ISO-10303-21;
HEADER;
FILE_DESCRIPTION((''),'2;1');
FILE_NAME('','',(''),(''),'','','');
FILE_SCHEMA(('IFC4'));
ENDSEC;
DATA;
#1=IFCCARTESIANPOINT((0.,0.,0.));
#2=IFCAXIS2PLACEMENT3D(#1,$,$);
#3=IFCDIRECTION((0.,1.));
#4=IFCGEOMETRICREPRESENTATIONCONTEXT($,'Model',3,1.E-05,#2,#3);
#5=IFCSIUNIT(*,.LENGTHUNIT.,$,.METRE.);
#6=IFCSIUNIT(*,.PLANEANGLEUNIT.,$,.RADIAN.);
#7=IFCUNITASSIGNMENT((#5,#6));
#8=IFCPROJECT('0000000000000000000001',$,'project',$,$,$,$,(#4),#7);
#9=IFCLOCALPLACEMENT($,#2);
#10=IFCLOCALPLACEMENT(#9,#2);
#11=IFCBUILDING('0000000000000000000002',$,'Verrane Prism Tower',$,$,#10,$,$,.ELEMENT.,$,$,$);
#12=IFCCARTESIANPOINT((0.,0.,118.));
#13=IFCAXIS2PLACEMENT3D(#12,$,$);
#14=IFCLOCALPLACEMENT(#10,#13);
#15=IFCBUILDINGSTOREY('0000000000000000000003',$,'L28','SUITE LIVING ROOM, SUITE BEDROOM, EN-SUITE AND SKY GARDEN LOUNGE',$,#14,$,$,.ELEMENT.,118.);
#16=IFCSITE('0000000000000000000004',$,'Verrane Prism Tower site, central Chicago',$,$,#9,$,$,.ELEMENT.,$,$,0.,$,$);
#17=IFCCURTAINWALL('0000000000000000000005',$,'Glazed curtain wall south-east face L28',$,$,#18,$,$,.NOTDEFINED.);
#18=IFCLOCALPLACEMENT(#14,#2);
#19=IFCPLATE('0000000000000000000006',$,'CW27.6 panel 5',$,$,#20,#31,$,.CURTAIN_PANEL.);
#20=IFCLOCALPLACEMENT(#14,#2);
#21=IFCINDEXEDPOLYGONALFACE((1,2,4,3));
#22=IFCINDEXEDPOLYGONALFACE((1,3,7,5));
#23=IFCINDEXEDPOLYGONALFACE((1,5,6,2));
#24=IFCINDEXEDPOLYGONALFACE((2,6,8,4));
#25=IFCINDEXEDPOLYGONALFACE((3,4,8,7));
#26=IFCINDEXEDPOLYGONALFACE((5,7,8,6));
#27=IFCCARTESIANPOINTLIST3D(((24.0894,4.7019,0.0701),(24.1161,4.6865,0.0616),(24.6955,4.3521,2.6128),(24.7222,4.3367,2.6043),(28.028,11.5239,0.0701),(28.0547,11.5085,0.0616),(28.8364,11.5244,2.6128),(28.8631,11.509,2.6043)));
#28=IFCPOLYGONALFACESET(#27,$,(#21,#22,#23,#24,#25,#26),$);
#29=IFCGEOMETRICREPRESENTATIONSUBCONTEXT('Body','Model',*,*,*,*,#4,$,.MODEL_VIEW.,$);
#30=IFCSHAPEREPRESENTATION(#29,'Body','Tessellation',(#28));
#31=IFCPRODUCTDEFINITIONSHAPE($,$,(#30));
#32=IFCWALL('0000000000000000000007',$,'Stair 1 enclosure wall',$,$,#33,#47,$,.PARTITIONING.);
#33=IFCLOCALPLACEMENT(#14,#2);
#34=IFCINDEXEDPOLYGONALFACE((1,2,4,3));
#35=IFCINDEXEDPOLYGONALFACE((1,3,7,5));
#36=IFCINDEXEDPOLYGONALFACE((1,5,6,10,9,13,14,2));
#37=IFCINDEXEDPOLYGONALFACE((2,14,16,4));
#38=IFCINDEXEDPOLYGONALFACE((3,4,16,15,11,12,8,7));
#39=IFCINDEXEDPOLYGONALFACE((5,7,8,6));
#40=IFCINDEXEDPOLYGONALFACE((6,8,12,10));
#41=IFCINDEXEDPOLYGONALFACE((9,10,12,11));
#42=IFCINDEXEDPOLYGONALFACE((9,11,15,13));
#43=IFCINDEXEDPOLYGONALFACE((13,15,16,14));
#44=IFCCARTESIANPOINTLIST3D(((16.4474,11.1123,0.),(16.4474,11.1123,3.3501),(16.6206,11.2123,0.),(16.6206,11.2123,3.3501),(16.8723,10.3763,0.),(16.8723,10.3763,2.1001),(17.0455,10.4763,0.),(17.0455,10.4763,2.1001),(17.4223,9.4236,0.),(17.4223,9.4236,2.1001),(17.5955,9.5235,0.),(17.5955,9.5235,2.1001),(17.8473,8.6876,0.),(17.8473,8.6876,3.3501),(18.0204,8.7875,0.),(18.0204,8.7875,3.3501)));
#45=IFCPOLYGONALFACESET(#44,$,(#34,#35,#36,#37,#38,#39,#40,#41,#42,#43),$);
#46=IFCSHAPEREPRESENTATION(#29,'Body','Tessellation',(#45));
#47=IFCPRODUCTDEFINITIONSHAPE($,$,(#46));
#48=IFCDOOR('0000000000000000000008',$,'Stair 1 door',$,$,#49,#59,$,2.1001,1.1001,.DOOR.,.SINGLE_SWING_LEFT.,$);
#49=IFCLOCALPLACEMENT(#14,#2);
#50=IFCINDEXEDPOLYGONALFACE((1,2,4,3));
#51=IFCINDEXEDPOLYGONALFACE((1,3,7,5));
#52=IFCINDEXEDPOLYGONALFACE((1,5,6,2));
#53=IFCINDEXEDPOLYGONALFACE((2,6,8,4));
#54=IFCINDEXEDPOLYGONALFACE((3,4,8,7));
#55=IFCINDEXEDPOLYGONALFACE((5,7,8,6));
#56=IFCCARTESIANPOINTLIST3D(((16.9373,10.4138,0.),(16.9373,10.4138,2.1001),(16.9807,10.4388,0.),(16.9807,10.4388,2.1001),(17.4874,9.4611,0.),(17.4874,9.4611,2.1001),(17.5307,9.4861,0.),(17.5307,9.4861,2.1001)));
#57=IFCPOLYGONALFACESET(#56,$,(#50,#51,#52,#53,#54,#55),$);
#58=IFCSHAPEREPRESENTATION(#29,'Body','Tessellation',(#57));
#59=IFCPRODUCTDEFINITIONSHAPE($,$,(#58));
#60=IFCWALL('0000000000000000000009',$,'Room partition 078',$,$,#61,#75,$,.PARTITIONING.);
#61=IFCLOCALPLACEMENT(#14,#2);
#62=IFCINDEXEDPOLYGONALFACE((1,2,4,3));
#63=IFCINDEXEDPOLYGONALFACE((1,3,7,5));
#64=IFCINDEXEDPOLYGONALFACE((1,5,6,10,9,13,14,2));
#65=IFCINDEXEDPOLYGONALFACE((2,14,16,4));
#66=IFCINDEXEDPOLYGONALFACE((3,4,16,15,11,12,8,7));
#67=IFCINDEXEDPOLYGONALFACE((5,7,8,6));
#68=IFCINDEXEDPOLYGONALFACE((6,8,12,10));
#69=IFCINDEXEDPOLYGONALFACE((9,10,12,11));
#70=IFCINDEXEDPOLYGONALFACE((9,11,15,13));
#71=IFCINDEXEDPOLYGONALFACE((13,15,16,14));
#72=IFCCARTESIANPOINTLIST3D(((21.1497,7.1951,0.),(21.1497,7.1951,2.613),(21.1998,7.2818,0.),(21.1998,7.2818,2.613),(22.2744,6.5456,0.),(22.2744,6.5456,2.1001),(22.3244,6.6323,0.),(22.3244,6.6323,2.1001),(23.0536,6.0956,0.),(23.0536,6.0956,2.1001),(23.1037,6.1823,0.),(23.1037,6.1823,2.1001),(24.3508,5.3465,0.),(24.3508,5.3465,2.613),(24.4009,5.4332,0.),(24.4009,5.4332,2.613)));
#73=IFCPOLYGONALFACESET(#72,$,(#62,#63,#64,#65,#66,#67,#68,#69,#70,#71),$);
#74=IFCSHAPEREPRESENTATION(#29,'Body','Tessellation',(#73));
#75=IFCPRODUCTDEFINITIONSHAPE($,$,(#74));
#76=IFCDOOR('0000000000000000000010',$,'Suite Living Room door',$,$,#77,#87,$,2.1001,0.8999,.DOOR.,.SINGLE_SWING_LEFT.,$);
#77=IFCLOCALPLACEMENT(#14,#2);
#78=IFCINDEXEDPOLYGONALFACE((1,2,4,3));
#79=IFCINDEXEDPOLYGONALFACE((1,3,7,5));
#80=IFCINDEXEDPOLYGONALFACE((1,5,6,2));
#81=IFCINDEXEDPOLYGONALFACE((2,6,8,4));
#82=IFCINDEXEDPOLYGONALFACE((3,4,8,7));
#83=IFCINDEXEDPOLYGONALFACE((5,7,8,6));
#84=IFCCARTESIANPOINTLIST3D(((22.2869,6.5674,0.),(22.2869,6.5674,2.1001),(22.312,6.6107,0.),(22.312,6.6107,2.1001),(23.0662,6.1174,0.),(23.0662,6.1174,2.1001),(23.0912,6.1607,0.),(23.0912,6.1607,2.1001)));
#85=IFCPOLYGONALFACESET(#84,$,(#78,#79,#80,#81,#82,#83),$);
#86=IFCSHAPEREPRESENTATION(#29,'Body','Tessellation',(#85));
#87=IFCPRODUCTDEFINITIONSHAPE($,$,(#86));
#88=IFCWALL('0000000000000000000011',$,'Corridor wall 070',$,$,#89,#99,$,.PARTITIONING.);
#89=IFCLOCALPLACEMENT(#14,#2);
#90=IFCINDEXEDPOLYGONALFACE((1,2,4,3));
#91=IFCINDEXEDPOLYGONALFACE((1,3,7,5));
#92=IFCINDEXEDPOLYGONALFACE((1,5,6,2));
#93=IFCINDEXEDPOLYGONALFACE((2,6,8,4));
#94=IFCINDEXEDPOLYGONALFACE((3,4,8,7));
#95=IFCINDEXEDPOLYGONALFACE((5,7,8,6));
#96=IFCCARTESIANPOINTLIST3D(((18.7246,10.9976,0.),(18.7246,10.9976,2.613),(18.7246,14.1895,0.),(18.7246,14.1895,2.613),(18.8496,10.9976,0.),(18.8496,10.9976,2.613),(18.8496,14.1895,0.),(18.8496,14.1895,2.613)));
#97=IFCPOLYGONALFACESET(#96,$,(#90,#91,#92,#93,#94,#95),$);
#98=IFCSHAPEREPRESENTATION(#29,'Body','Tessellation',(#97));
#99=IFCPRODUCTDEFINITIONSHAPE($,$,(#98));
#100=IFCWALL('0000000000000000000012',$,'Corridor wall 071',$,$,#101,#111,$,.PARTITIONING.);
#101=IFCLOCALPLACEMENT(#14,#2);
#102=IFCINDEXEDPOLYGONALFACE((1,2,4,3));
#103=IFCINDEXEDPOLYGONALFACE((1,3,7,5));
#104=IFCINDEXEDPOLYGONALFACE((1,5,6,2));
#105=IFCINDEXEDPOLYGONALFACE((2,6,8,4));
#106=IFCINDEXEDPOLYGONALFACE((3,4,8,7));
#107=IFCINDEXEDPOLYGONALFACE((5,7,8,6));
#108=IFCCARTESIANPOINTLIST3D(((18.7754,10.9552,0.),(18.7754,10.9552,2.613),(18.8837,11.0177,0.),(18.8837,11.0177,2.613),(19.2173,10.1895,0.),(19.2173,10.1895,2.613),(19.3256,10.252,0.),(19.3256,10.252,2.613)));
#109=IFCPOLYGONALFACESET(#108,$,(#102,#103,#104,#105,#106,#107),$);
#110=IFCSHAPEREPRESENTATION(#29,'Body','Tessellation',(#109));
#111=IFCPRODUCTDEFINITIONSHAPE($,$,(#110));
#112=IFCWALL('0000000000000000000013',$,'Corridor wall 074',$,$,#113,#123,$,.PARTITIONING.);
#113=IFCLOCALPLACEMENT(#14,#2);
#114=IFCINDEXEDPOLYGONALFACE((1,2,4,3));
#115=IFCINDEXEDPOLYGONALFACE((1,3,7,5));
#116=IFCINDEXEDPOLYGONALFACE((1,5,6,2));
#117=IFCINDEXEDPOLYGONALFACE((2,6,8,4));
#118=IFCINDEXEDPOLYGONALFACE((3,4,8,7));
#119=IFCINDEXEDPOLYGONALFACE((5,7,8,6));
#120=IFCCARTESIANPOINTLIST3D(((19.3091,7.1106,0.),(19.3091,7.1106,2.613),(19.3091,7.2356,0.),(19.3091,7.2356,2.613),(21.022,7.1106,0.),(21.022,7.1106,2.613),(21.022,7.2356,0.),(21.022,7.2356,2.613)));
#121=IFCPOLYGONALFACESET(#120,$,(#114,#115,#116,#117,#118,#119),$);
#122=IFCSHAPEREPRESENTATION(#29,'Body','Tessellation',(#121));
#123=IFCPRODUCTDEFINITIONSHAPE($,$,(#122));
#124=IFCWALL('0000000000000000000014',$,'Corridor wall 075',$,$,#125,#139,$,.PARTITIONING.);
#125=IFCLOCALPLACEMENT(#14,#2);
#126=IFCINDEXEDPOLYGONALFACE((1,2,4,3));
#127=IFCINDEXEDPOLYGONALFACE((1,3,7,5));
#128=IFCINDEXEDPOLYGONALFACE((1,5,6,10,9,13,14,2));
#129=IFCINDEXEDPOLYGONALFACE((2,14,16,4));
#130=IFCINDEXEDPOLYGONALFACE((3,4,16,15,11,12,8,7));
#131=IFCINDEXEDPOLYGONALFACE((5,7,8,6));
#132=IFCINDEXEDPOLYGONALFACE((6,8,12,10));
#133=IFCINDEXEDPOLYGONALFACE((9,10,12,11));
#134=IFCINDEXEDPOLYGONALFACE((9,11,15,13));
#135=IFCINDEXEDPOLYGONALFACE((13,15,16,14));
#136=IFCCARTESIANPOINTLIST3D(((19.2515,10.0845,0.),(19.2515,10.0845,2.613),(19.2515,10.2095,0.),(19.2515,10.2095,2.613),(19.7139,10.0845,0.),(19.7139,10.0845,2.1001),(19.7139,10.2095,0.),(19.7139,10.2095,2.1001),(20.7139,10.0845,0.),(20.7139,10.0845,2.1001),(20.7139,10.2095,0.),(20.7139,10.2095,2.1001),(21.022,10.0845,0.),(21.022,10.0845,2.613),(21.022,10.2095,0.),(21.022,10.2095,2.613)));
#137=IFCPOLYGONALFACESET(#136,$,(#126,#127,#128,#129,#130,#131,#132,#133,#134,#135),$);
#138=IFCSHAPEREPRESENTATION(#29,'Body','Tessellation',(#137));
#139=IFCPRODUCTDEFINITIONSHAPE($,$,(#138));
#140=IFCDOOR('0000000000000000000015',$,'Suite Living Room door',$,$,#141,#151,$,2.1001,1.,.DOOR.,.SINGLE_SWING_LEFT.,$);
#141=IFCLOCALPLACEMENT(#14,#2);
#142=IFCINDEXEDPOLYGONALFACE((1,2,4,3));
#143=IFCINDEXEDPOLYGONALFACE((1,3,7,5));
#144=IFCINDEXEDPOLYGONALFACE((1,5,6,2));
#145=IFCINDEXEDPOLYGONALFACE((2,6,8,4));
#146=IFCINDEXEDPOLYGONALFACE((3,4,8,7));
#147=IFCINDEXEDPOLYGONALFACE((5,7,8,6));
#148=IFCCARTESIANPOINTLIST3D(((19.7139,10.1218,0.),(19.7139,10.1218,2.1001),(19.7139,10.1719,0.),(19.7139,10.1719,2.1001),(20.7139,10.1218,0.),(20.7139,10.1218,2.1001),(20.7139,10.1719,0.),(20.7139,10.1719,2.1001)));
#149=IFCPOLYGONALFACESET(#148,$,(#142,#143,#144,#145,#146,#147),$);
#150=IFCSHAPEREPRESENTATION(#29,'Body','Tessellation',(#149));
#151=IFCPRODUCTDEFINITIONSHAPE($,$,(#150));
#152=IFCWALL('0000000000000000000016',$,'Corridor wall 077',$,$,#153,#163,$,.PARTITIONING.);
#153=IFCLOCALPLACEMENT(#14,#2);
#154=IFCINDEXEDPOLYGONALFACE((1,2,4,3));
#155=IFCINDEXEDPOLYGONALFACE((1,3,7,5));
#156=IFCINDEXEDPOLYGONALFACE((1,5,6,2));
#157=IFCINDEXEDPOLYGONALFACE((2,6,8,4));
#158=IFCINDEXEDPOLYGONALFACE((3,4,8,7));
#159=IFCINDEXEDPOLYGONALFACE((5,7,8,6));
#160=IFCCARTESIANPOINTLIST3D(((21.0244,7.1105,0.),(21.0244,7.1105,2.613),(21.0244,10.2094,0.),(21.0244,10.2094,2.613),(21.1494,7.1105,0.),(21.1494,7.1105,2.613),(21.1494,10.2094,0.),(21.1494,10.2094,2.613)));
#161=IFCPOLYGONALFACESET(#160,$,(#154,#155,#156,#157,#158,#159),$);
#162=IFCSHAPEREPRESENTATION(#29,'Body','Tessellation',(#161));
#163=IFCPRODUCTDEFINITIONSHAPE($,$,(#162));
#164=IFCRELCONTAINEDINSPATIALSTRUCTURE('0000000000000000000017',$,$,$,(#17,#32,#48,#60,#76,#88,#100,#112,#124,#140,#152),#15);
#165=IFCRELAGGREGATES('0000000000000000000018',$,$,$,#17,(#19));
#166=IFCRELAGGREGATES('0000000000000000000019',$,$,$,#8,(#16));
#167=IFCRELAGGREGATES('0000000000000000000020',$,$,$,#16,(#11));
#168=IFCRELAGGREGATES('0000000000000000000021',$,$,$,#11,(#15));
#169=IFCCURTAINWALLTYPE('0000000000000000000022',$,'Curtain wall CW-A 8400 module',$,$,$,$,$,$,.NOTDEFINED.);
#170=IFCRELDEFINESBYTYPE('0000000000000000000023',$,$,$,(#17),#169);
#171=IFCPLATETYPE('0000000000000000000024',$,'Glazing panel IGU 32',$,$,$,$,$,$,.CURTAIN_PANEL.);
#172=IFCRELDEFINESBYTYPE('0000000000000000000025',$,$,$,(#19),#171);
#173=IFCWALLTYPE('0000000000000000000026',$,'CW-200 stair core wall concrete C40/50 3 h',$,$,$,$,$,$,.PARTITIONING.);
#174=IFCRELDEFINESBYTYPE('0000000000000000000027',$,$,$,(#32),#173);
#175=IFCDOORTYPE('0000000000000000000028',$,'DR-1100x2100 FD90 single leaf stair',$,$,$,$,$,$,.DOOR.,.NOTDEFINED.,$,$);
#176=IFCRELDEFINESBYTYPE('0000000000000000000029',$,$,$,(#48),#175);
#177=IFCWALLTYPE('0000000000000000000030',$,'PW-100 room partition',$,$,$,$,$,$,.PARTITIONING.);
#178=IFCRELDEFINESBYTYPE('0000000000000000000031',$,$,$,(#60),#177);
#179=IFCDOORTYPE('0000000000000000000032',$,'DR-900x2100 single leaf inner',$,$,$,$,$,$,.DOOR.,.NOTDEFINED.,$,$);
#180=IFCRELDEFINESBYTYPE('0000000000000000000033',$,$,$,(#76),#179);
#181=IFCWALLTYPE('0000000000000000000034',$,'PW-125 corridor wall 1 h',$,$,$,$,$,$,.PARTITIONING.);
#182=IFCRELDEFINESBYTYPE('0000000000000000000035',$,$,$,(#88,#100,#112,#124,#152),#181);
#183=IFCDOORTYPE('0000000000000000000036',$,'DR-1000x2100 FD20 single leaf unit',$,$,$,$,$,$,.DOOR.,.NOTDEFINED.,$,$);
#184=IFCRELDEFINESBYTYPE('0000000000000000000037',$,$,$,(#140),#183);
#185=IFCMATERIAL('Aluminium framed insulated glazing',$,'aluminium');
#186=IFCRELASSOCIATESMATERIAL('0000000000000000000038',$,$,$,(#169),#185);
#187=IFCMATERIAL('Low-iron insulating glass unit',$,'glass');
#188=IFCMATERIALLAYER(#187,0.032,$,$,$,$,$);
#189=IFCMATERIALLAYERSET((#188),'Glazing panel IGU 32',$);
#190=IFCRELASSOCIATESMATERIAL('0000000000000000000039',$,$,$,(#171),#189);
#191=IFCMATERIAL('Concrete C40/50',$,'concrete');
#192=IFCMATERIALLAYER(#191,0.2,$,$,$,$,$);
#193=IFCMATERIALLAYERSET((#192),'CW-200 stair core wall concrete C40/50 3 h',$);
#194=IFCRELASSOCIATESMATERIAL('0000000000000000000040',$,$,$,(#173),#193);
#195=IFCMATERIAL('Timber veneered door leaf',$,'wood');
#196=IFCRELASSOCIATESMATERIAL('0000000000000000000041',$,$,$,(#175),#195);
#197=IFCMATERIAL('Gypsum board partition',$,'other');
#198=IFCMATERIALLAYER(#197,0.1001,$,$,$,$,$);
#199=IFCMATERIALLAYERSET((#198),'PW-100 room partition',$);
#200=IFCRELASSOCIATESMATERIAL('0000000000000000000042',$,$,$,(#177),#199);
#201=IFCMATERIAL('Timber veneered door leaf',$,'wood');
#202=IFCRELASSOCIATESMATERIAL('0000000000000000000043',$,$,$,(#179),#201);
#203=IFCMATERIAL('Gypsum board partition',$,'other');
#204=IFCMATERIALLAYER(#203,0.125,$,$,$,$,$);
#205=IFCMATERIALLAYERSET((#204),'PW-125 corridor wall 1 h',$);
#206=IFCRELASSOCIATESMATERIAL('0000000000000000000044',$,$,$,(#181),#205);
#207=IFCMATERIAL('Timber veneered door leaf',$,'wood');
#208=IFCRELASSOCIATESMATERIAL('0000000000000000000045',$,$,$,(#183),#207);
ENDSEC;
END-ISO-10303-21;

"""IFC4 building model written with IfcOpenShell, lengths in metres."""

from ifc_helpers import new_model, si_unit, direction, frame, frame_2d, origin, place, context, subcontext, project, spatial, polyline, rectangle, outline, extrude, material, layer, layer_set, type_object, element, fill, aggregate, save


model = new_model("IFC4")

# Units and contexts
model_context = context("Model", 3, precision=1e-05, world=origin(), true_north=direction((0.0, 1.0)))
body_context = subcontext(model_context, "Body", "Model", "MODEL_VIEW")
ifc_project = project(units=[si_unit("LENGTHUNIT", "METRE"), si_unit("PLANEANGLEUNIT", "RADIAN")], contexts=[model_context])

# Site, building, storey
site_placement = place(None, origin())
site = spatial("IfcSite", under=ifc_project, at=site_placement, Name="Verrane Prism Tower site, central Chicago", CompositionType="ELEMENT", RefElevation=0.0)
building_placement = place(site_placement, origin())
building = spatial("IfcBuilding", under=site, at=building_placement, Name="Verrane Prism Tower", CompositionType="ELEMENT")
storey_placement = place(building_placement, frame((0.0, 0.0, 118.0)))
storey = spatial("IfcBuildingStorey", under=building, at=storey_placement, Name="L28", Description="SUITE LIVING ROOM, SUITE BEDROOM, EN-SUITE AND SKY GARDEN LOUNGE", CompositionType="ELEMENT", Elevation=118.0)

# Curtain wall
ifc_material_1 = material(Name="Aluminium framed insulated glazing", Category="aluminium")
curtain_wall_type = type_object("IfcCurtainWallType", Name="Curtain wall CW-A 8400 module", PredefinedType="NOTDEFINED", material=ifc_material_1)
curtain_wall_placement = place(storey_placement, origin())
curtain_wall = element("IfcCurtainWall", 1, at=curtain_wall_placement, inside=storey, type_object=curtain_wall_type, Name="Glazed curtain wall south-east face L28", PredefinedType="NOTDEFINED")

# Plate
ifc_material_2 = material(Name="Low-iron insulating glass unit", Category="glass")
ifc_layer_1 = layer(ifc_material_2, 0.032)
ifc_layer_set_1 = layer_set([ifc_layer_1], Name="Glazing panel IGU 32")
plate_type = type_object("IfcPlateType", Name="Glazing panel IGU 32", PredefinedType="CURTAIN_PANEL", material=ifc_layer_set_1)
plate_placement = place(storey_placement, frame((24.0894, 4.7019, 0.0701), z_axis=(-0.834977, 0.48207, 0.265372), x_axis=(0.499997, 0.866027, 0.000002)))
plate = element("IfcPlate", 2, at=plate_placement, type_object=plate_type, Name="CW27.6 panel 5", PredefinedType="CURTAIN_PANEL", context=body_context, shape_type="SweptSolid", body=[
    extrude(outline(polyline([(0.0, 0.0), (7.8774, 0.0), (8.282, -2.6373), (0.0001, -2.6373), (0.0, 0.0)])), origin(), (0.0, 0.0, -1.0), 0.032),
])
aggregate(curtain_wall, [plate])

# Walls, openings, doors
ifc_material_3 = material(Name="Concrete C40/50", Category="concrete")
ifc_layer_2 = layer(ifc_material_3, 0.2)
ifc_layer_set_2 = layer_set([ifc_layer_2], Name="CW-200 stair core wall concrete C40/50 3 h")
wall_type_1 = type_object("IfcWallType", Name="CW-200 stair core wall concrete C40/50 3 h", PredefinedType="PARTITIONING", material=ifc_layer_set_2)
wall_1_placement = place(storey_placement, frame((17.9338, 8.7375, 0.0), z_axis=(0.0, 0.0, 1.0), x_axis=(-0.499984, 0.866035, 0.0)))
wall_1 = element("IfcWall", 3, at=wall_1_placement, inside=storey, type_object=wall_type_1, Name="Stair 1 enclosure wall", PredefinedType="PARTITIONING", context=body_context, shape_type="SweptSolid", body=[
    extrude(rectangle(XDim=2.7998, YDim=0.2, at=frame_2d((1.3999, 0.0))), origin(), (0.0, 0.0, 1.0), 3.3501),
])
opening_1_placement = place(wall_1_placement, frame((0.8499, 0.0, 0.0)))
opening_1 = element("IfcOpeningElement", 4, at=opening_1_placement, cuts=wall_1, PredefinedType="OPENING", context=body_context, shape_type="SweptSolid", body=[
    extrude(rectangle(XDim=1.1001, YDim=2.1001, at=frame_2d((0.55, 1.05))), frame((0.0, 0.1099, 0.0), z_axis=(0.0, -1.0, 0.0), x_axis=(1.0, 0.0, 0.0)), (0.0, 0.0, 1.0), 0.22),
])
ifc_material_4 = material(Name="Timber veneered door leaf", Category="wood")
door_type_1 = type_object("IfcDoorType", Name="DR-1100x2100 FD90 single leaf stair", OperationType="NOTDEFINED", PredefinedType="DOOR", material=ifc_material_4)
door_1_placement = place(opening_1_placement, origin())
door_1 = element("IfcDoor", 5, at=door_1_placement, inside=storey, type_object=door_type_1, Name="Stair 1 door", OperationType="SINGLE_SWING_LEFT", OverallHeight=2.1001, OverallWidth=1.1001, PredefinedType="DOOR", context=body_context, shape_type="SweptSolid", body=[
    extrude(rectangle(XDim=1.1001, YDim=2.1001, at=frame_2d((0.55, 1.05))), frame((0.0, 0.0249, 0.0), z_axis=(0.0, -1.0, 0.0), x_axis=(1.0, 0.0, 0.0)), (0.0, 0.0, 1.0), 0.05),
])
fill(opening_1, door_1)
ifc_material_5 = material(Name="Gypsum board partition", Category="other")
ifc_layer_3 = layer(ifc_material_5, 0.1001)
ifc_layer_set_3 = layer_set([ifc_layer_3], Name="PW-100 room partition")
wall_type_2 = type_object("IfcWallType", Name="PW-100 room partition", PredefinedType="PARTITIONING", material=ifc_layer_set_3)
wall_2_placement = place(storey_placement, frame((24.3757, 5.3899, 0.0), z_axis=(0.0, 0.0, 1.0), x_axis=(-0.865974, 0.500088, 0.0)))
wall_2 = element("IfcWall", 6, at=wall_2_placement, inside=storey, type_object=wall_type_2, Name="Room partition 078", PredefinedType="PARTITIONING", context=body_context, shape_type="SweptSolid", body=[
    extrude(rectangle(XDim=3.6965, YDim=0.1001, at=frame_2d((1.8481, 0.0))), origin(), (0.0, 0.0, 1.0), 2.613),
])
opening_2_placement = place(wall_2_placement, frame((1.4978, 0.0, 0.0)))
opening_2 = element("IfcOpeningElement", 7, at=opening_2_placement, cuts=wall_2, PredefinedType="OPENING", context=body_context, shape_type="SweptSolid", body=[
    extrude(rectangle(XDim=0.8999, YDim=2.1001, at=frame_2d((0.45, 1.05))), frame((0.0, 0.0601, 0.0), z_axis=(0.0, -1.0, 0.0), x_axis=(1.0, 0.0, 0.0)), (0.0, 0.0, 1.0), 0.1201),
])
ifc_material_6 = material(Name="Timber veneered door leaf", Category="wood")
door_type_2 = type_object("IfcDoorType", Name="DR-900x2100 single leaf inner", OperationType="NOTDEFINED", PredefinedType="DOOR", material=ifc_material_6)
door_2_placement = place(opening_2_placement, origin())
door_2 = element("IfcDoor", 8, at=door_2_placement, inside=storey, type_object=door_type_2, Name="Suite Living Room door", OperationType="SINGLE_SWING_LEFT", OverallHeight=2.1001, OverallWidth=0.8999, PredefinedType="DOOR", context=body_context, shape_type="SweptSolid", body=[
    extrude(rectangle(XDim=0.8999, YDim=2.1001, at=frame_2d((0.45, 1.05))), frame((0.0, 0.0249, 0.0), z_axis=(0.0, -1.0, 0.0), x_axis=(1.0, 0.0, 0.0)), (0.0, 0.0, 1.0), 0.05),
])
fill(opening_2, door_2)

# Walls
ifc_material_7 = material(Name="Gypsum board partition", Category="other")
ifc_layer_4 = layer(ifc_material_7, 0.125)
ifc_layer_set_4 = layer_set([ifc_layer_4], Name="PW-125 corridor wall 1 h")
wall_type_3 = type_object("IfcWallType", Name="PW-125 corridor wall 1 h", PredefinedType="PARTITIONING", material=ifc_layer_set_4)
wall_3_placement = place(storey_placement, frame((18.7871, 10.9976, 0.0), z_axis=(0.0, 0.0, 1.0), x_axis=(0.0, 1.0, 0.0)))
element("IfcWall", 9, at=wall_3_placement, inside=storey, type_object=wall_type_3, Name="Corridor wall 070", PredefinedType="PARTITIONING", context=body_context, shape_type="SweptSolid", body=[
    extrude(rectangle(XDim=3.1919, YDim=0.125, at=frame_2d((1.5959, 0.0))), origin(), (0.0, 0.0, 1.0), 2.613),
])
wall_4_placement = place(storey_placement, frame((18.8296, 10.9863, 0.0), z_axis=(0.0, 0.0, 1.0), x_axis=(0.499882, -0.866094, 0.0)))
element("IfcWall", 10, at=wall_4_placement, inside=storey, type_object=wall_type_3, Name="Corridor wall 071", PredefinedType="PARTITIONING", context=body_context, shape_type="SweptSolid", body=[
    extrude(rectangle(XDim=0.884, YDim=0.125, at=frame_2d((0.4419, 0.0))), origin(), (0.0, 0.0, 1.0), 2.613),
])
wall_5_placement = place(storey_placement, frame((19.3091, 7.1731, 0.0), z_axis=(0.0, 0.0, 1.0), x_axis=(1.0, 0.0, 0.0)))
element("IfcWall", 11, at=wall_5_placement, inside=storey, type_object=wall_type_3, Name="Corridor wall 074", PredefinedType="PARTITIONING", context=body_context, shape_type="SweptSolid", body=[
    extrude(rectangle(XDim=1.7129, YDim=0.125, at=frame_2d((0.8564, 0.0))), origin(), (0.0, 0.0, 1.0), 2.613),
])

# Wall, opening, door
wall_6_placement = place(storey_placement, frame((19.2515, 10.147, 0.0), z_axis=(0.0, 0.0, 1.0), x_axis=(1.0, 0.0, 0.0)))
wall_6 = element("IfcWall", 12, at=wall_6_placement, inside=storey, type_object=wall_type_3, Name="Corridor wall 075", PredefinedType="PARTITIONING", context=body_context, shape_type="SweptSolid", body=[
    extrude(rectangle(XDim=1.7705, YDim=0.125, at=frame_2d((0.8853, 0.0))), origin(), (0.0, 0.0, 1.0), 2.613),
])
opening_3_placement = place(wall_6_placement, frame((0.4624, 0.0, 0.0)))
opening_3 = element("IfcOpeningElement", 13, at=opening_3_placement, cuts=wall_6, PredefinedType="OPENING", context=body_context, shape_type="SweptSolid", body=[
    extrude(rectangle(XDim=1.0, YDim=2.1001, at=frame_2d((0.5, 1.05))), frame((0.0, 0.0725, 0.0), z_axis=(0.0, -1.0, 0.0), x_axis=(1.0, 0.0, 0.0)), (0.0, 0.0, 1.0), 0.145),
])
ifc_material_8 = material(Name="Timber veneered door leaf", Category="wood")
door_type_3 = type_object("IfcDoorType", Name="DR-1000x2100 FD20 single leaf unit", OperationType="NOTDEFINED", PredefinedType="DOOR", material=ifc_material_8)
door_3_placement = place(opening_3_placement, origin())
door_3 = element("IfcDoor", 14, at=door_3_placement, inside=storey, type_object=door_type_3, Name="Suite Living Room door", OperationType="SINGLE_SWING_LEFT", OverallHeight=2.1001, OverallWidth=1.0, PredefinedType="DOOR", context=body_context, shape_type="SweptSolid", body=[
    extrude(rectangle(XDim=1.0, YDim=2.1001, at=frame_2d((0.5, 1.05))), frame((0.0, 0.0249, 0.0), z_axis=(0.0, -1.0, 0.0), x_axis=(1.0, 0.0, 0.0)), (0.0, 0.0, 1.0), 0.05),
])
fill(opening_3, door_3)

# Wall
wall_7_placement = place(storey_placement, frame((21.0869, 7.1106, 0.0), z_axis=(0.0, 0.0, 1.0), x_axis=(0.0, 1.0, 0.0)))
element("IfcWall", 15, at=wall_7_placement, inside=storey, type_object=wall_type_3, Name="Corridor wall 077", PredefinedType="PARTITIONING", context=body_context, shape_type="SweptSolid", body=[
    extrude(rectangle(XDim=3.0989, YDim=0.125, at=frame_2d((1.5493, 0.0))), origin(), (0.0, 0.0, 1.0), 2.613),
])

save(model, "model.ifc")
